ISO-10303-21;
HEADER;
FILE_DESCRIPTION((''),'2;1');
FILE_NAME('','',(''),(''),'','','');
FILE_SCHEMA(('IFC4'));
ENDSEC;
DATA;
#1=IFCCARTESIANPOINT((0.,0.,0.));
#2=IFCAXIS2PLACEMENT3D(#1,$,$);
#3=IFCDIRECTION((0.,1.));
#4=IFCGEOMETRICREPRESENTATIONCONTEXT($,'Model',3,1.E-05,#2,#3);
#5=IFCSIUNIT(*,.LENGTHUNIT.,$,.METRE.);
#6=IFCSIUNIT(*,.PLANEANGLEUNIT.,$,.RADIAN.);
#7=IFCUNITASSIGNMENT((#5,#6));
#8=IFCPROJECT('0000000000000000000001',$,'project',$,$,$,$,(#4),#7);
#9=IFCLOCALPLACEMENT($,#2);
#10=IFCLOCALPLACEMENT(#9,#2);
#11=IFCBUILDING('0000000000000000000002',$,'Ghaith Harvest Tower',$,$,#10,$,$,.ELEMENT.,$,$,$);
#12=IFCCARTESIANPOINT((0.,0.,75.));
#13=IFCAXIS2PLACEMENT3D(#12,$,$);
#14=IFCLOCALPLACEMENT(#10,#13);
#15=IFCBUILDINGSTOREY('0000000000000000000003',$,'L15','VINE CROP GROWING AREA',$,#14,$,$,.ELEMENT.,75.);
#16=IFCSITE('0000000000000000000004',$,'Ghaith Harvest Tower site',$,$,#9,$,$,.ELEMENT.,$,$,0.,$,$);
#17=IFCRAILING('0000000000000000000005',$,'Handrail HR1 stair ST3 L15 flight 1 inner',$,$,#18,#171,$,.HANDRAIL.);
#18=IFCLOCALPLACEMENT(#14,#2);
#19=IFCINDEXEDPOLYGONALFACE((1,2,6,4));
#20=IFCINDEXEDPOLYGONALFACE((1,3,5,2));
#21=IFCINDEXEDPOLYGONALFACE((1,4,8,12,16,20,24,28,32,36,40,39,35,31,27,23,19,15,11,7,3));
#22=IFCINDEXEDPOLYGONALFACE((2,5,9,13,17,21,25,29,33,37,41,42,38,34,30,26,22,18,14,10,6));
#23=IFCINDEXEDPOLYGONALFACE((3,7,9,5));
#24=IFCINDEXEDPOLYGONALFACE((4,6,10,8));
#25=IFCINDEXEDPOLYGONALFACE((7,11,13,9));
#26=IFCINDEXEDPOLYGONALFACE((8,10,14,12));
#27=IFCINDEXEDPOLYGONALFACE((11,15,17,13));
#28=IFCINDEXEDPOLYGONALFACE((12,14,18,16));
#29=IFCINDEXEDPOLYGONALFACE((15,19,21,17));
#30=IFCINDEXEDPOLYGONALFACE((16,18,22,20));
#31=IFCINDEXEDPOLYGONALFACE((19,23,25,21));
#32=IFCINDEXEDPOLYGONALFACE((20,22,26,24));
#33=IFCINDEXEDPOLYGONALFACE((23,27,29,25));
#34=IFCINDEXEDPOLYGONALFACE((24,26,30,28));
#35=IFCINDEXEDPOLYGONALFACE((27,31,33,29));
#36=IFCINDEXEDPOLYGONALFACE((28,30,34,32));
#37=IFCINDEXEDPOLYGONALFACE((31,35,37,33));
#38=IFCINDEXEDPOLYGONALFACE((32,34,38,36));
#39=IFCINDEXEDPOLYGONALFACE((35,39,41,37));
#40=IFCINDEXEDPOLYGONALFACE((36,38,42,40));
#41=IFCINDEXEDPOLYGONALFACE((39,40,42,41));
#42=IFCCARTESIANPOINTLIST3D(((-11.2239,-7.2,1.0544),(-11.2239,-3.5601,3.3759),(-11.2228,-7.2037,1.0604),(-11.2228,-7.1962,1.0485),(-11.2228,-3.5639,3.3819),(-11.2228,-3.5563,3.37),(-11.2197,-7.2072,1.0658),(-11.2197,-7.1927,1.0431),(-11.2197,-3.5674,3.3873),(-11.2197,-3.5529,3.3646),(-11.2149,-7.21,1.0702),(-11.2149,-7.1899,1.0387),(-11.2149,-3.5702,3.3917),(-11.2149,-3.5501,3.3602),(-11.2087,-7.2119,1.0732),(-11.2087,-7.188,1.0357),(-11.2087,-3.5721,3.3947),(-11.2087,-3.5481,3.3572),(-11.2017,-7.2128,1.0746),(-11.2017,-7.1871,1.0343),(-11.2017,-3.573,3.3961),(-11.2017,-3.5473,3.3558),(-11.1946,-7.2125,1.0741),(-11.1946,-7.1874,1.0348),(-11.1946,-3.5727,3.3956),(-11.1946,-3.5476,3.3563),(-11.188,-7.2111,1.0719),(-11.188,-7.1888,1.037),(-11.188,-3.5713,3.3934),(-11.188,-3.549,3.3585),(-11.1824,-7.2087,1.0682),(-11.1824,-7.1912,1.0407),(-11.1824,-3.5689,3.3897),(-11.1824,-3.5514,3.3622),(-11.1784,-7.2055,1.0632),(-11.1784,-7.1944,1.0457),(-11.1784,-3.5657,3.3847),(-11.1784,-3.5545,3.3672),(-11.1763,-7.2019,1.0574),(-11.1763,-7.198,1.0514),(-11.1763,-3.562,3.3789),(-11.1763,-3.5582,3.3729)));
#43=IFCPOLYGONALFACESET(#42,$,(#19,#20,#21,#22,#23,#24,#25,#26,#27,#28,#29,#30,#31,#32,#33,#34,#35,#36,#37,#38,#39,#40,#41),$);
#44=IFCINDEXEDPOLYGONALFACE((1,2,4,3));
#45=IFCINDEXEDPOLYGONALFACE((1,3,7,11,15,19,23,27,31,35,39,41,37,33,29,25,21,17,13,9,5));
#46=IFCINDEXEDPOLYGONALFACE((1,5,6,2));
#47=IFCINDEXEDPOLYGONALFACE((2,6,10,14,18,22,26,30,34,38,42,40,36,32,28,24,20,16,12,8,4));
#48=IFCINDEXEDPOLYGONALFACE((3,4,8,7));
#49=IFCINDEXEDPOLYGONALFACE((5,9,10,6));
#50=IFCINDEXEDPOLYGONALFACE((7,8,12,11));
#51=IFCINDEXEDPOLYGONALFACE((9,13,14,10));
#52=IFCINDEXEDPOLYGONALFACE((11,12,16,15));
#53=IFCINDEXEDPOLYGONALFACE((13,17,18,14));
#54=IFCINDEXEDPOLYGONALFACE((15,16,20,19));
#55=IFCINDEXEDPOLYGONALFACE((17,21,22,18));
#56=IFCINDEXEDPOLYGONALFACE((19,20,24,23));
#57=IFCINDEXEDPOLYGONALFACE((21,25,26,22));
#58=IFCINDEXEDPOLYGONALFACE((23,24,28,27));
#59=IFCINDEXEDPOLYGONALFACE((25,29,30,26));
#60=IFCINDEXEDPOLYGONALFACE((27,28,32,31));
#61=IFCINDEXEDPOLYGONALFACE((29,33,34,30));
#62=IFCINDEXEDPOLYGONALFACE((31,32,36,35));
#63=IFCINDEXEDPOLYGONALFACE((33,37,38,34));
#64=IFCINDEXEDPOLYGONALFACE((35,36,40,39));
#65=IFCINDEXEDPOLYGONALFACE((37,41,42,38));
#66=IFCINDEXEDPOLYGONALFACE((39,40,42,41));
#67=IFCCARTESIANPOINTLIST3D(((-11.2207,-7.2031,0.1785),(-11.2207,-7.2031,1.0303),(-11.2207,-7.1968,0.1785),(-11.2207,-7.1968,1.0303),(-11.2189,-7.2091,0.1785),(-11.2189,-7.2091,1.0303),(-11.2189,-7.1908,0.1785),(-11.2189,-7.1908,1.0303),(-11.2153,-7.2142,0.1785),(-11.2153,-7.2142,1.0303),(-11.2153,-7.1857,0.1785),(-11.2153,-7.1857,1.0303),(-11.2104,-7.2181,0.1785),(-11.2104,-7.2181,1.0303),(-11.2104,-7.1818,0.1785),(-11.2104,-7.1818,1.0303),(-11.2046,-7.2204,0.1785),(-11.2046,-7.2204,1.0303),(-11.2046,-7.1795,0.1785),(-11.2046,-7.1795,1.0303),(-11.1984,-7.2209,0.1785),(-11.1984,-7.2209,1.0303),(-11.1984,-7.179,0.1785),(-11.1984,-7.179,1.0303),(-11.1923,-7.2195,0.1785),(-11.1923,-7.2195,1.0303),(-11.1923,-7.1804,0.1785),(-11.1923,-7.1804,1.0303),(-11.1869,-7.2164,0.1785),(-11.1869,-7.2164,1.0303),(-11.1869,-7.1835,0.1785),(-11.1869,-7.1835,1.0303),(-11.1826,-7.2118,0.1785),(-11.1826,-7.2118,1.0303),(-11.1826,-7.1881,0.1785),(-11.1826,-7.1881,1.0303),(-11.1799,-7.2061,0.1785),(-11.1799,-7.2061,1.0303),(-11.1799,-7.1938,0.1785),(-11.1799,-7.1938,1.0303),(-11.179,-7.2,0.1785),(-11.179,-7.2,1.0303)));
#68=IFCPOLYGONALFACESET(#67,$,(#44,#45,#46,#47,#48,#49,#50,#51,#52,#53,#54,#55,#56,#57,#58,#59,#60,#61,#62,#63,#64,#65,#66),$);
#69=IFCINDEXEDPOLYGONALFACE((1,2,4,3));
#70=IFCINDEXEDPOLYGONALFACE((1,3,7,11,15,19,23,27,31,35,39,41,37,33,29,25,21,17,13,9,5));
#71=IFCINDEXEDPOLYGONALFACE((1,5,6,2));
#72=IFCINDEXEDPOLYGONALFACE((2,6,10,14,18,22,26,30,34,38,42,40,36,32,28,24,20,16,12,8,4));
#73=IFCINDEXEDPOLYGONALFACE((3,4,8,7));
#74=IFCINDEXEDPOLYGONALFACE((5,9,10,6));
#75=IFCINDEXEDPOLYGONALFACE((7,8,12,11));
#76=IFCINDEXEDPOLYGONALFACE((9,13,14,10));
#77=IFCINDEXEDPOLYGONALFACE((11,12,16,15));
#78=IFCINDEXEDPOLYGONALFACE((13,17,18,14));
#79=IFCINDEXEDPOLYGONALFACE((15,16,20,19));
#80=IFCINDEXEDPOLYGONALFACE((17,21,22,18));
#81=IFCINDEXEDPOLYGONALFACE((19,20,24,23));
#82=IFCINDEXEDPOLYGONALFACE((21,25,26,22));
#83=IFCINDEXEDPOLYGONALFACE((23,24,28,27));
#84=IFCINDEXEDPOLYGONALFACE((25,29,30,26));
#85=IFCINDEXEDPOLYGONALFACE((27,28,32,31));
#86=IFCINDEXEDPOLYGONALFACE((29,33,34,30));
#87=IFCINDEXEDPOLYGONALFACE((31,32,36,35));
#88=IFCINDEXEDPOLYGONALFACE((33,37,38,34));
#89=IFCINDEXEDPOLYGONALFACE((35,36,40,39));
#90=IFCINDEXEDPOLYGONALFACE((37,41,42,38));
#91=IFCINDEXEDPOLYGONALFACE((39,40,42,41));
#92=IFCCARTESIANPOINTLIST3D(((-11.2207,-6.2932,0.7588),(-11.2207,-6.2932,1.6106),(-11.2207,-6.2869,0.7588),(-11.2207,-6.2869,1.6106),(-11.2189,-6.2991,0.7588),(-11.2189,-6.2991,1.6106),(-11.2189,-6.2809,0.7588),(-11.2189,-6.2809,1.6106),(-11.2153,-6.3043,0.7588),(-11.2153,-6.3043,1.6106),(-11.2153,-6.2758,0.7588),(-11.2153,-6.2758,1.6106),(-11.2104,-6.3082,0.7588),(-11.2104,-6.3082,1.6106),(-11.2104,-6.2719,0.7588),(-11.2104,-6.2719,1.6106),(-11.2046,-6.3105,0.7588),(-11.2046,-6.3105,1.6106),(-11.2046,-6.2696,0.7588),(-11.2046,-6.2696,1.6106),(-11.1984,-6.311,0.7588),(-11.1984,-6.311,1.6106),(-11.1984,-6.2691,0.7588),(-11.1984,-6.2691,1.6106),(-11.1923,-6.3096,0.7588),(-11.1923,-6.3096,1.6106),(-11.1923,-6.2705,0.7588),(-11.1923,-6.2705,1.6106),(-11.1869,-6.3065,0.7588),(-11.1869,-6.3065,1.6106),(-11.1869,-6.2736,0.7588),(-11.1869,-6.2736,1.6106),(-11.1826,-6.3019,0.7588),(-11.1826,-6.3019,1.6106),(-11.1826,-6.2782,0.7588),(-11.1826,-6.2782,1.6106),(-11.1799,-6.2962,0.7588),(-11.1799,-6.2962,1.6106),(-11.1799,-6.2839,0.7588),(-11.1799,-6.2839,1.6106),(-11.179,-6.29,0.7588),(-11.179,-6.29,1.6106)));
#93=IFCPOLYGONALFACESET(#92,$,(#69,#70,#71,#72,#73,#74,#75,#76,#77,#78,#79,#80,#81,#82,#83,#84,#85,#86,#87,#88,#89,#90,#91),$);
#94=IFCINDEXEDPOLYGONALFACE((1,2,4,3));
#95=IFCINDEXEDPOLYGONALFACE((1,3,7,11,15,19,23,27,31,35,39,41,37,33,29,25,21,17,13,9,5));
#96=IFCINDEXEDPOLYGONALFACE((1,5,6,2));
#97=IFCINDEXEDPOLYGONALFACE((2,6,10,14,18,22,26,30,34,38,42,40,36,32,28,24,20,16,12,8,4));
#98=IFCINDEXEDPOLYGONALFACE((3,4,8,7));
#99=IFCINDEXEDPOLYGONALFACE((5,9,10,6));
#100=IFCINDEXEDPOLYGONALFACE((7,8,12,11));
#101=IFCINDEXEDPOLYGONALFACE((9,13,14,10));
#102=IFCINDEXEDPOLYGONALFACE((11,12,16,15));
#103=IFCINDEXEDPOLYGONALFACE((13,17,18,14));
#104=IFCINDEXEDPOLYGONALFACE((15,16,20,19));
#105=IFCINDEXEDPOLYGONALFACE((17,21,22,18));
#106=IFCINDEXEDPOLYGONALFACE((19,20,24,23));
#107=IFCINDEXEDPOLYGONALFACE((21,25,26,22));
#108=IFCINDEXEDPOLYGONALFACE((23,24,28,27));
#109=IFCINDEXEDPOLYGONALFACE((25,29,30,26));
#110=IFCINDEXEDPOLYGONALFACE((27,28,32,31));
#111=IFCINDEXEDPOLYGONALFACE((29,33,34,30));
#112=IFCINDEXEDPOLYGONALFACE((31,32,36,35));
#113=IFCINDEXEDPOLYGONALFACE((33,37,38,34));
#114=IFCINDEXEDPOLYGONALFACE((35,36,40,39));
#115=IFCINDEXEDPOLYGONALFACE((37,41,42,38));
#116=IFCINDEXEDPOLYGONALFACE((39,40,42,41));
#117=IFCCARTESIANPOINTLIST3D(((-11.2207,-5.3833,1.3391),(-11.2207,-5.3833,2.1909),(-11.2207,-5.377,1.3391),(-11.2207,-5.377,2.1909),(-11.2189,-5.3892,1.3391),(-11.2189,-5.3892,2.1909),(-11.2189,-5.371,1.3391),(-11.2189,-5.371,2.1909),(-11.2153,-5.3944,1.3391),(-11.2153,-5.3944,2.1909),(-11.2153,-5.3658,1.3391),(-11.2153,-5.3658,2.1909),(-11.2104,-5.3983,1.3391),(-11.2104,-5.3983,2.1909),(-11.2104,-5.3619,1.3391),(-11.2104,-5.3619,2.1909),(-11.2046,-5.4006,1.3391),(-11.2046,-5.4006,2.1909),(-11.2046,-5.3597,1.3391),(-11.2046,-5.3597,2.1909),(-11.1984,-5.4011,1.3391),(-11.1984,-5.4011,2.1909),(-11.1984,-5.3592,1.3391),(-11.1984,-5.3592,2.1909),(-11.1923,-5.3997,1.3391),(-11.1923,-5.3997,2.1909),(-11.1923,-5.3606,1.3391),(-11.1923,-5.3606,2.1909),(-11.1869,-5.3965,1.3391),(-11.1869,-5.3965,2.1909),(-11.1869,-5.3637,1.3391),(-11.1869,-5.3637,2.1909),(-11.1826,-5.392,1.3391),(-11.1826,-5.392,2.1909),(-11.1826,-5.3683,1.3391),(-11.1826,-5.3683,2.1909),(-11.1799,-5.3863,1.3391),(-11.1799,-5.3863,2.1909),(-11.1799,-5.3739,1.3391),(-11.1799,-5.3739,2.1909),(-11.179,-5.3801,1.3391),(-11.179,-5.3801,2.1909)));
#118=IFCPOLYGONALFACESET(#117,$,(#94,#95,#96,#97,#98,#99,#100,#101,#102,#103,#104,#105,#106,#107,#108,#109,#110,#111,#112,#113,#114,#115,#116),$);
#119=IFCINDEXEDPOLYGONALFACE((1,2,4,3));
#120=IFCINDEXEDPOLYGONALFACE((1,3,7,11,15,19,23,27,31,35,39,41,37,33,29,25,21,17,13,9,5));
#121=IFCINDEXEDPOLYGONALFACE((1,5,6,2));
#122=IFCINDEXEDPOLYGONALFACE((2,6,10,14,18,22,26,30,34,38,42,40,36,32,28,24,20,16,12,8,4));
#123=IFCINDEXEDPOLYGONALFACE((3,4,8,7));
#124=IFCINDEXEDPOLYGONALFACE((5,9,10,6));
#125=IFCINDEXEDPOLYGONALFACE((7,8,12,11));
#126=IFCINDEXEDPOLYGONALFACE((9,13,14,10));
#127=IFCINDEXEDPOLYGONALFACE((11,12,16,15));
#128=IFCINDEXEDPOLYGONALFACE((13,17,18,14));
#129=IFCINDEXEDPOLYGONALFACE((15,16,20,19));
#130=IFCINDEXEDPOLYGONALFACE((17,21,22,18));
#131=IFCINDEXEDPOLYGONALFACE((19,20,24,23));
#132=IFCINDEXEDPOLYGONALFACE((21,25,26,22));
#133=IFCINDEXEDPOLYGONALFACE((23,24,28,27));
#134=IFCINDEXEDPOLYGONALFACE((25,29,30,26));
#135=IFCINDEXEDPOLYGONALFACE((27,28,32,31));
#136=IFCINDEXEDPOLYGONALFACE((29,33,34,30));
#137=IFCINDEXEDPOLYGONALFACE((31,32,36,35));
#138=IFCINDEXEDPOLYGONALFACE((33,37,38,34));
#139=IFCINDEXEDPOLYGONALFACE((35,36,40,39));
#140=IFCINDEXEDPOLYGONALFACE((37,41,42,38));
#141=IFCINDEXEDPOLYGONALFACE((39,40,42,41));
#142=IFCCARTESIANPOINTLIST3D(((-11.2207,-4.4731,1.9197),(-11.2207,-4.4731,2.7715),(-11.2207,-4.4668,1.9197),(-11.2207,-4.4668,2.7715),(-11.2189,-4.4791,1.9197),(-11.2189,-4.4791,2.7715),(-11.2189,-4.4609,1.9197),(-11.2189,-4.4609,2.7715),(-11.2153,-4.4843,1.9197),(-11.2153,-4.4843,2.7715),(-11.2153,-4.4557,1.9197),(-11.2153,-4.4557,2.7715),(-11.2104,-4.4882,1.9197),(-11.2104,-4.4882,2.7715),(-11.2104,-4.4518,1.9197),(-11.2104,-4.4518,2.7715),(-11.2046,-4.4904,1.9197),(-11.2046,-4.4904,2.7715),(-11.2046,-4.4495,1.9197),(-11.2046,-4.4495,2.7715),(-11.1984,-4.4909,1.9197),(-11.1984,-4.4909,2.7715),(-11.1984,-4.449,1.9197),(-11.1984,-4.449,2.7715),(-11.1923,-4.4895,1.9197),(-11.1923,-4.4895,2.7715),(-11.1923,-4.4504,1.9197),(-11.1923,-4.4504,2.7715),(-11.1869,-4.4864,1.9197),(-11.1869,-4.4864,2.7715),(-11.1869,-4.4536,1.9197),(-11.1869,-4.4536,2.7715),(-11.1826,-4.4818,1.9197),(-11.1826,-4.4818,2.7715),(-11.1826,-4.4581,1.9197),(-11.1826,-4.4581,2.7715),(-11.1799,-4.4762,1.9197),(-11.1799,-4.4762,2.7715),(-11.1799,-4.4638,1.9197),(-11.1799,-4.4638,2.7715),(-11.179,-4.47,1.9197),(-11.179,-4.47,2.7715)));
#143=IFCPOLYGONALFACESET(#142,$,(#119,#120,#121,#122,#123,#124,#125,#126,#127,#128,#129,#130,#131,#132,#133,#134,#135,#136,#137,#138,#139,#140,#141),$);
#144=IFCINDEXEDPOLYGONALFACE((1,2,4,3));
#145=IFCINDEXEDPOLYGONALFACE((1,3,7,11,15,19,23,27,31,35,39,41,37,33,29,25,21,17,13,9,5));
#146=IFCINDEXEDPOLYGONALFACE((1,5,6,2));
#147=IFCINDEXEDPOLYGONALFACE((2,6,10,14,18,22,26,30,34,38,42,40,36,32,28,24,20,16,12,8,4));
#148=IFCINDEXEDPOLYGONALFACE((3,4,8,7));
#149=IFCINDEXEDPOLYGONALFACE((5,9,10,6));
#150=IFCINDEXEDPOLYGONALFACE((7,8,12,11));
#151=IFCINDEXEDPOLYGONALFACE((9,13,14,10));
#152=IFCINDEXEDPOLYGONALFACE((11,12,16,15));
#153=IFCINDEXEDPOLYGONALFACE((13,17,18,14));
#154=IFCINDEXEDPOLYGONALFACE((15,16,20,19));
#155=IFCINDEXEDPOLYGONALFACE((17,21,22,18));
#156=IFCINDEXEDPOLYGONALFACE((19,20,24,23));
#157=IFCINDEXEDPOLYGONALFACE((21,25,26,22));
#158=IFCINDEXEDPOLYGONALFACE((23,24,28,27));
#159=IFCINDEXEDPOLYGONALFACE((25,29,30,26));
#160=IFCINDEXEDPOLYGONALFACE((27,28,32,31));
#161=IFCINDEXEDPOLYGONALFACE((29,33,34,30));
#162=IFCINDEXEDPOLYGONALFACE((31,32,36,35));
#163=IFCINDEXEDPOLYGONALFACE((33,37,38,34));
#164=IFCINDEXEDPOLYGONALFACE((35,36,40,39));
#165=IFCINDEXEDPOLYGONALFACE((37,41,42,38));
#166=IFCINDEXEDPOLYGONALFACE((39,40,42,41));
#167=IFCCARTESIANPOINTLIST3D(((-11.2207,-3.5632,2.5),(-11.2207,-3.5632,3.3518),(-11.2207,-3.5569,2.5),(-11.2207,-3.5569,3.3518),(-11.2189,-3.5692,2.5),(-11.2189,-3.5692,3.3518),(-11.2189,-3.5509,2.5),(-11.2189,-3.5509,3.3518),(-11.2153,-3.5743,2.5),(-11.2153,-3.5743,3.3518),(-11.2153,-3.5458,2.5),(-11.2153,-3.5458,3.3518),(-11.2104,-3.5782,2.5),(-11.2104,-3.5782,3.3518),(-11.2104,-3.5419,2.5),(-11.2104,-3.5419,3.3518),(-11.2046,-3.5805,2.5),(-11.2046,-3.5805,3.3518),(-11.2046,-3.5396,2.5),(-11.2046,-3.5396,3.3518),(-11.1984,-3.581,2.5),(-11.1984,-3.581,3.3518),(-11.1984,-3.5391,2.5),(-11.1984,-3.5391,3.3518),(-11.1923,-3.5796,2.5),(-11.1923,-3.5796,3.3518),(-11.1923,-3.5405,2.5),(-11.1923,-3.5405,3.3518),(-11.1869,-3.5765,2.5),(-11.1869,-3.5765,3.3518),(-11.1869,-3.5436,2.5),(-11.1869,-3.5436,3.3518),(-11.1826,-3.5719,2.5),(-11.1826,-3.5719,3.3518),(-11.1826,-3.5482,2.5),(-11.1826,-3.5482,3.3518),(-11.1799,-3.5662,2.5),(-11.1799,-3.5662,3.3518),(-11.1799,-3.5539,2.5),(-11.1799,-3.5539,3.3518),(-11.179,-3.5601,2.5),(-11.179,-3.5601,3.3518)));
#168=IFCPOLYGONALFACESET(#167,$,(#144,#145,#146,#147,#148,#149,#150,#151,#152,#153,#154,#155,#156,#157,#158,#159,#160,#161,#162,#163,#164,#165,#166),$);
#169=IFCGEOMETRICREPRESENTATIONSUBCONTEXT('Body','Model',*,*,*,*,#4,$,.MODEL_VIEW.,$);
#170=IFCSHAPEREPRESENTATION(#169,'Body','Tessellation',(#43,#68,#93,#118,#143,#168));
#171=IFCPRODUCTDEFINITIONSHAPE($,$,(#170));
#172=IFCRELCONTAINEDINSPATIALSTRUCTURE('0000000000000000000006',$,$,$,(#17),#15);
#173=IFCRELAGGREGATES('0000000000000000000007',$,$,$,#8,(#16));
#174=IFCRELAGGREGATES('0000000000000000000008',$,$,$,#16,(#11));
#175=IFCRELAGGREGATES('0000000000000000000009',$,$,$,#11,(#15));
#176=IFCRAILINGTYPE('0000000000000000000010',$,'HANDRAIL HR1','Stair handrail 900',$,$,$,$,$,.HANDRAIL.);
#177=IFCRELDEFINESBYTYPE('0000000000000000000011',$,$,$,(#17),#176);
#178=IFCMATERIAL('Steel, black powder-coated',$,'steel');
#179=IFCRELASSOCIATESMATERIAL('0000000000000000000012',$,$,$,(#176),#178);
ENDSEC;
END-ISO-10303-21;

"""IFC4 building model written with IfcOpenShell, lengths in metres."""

from ifc_helpers import new_model, si_unit, direction, frame, origin, origin_2d, place, context, subcontext, project, spatial, circle, extrude, material, type_object, element, save


model = new_model("IFC4")

# Units and contexts
model_context = context("Model", 3, precision=1e-05, world=origin(), true_north=direction((0.0, 1.0)))
body_context = subcontext(model_context, "Body", "Model", "MODEL_VIEW")
ifc_project = project(units=[si_unit("LENGTHUNIT", "METRE"), si_unit("PLANEANGLEUNIT", "RADIAN")], contexts=[model_context])

# Site, building, storey
site_placement = place(None, origin())
site = spatial("IfcSite", under=ifc_project, at=site_placement, Name="Ghaith Harvest Tower site", CompositionType="ELEMENT", RefElevation=0.0)
building_placement = place(site_placement, origin())
building = spatial("IfcBuilding", under=site, at=building_placement, Name="Ghaith Harvest Tower", CompositionType="ELEMENT")
storey_placement = place(building_placement, frame((0.0, 0.0, 75.0)))
storey = spatial("IfcBuildingStorey", under=building, at=storey_placement, Name="L15", Description="VINE CROP GROWING AREA", CompositionType="ELEMENT", Elevation=75.0)

# Railing
ifc_material_1 = material(Name="Steel, black powder-coated", Category="steel")
railing_type = type_object("IfcRailingType", Name="HANDRAIL HR1", Description="Stair handrail 900", PredefinedType="HANDRAIL", material=ifc_material_1)
railing_1_placement = place(storey_placement, frame((-11.2, -7.2, 0.1785)))
element("IfcRailing", 1, at=railing_1_placement, inside=storey, type_object=railing_type, Name="Handrail HR1 stair ST3 L15 flight 1 inner", PredefinedType="HANDRAIL", context=body_context, shape_type="SweptSolid", body=[
    extrude(circle(Radius=0.0239, at=origin_2d()), frame((0.0, 0.0, 0.876), z_axis=(0.0, 0.843112, 0.537739), x_axis=(-1.0, 0.0, 0.0)), (0.0, 0.0, 1.0), 4.3171),
    extrude(circle(Radius=0.021, at=origin_2d()), origin(), (0.0, 0.0, 1.0), 0.8518),
    extrude(circle(Radius=0.021, at=origin_2d()), frame((0.0, 0.9099, 0.5803)), (0.0, 0.0, 1.0), 0.8518),
    extrude(circle(Radius=0.021, at=origin_2d()), frame((0.0, 1.8198, 1.1606)), (0.0, 0.0, 1.0), 0.8518),
    extrude(circle(Radius=0.021, at=origin_2d()), frame((0.0, 2.73, 1.7412)), (0.0, 0.0, 1.0), 0.8518),
    extrude(circle(Radius=0.021, at=origin_2d()), frame((0.0, 3.6399, 2.3215)), (0.0, 0.0, 1.0), 0.8518),
])

save(model, "model.ifc")
